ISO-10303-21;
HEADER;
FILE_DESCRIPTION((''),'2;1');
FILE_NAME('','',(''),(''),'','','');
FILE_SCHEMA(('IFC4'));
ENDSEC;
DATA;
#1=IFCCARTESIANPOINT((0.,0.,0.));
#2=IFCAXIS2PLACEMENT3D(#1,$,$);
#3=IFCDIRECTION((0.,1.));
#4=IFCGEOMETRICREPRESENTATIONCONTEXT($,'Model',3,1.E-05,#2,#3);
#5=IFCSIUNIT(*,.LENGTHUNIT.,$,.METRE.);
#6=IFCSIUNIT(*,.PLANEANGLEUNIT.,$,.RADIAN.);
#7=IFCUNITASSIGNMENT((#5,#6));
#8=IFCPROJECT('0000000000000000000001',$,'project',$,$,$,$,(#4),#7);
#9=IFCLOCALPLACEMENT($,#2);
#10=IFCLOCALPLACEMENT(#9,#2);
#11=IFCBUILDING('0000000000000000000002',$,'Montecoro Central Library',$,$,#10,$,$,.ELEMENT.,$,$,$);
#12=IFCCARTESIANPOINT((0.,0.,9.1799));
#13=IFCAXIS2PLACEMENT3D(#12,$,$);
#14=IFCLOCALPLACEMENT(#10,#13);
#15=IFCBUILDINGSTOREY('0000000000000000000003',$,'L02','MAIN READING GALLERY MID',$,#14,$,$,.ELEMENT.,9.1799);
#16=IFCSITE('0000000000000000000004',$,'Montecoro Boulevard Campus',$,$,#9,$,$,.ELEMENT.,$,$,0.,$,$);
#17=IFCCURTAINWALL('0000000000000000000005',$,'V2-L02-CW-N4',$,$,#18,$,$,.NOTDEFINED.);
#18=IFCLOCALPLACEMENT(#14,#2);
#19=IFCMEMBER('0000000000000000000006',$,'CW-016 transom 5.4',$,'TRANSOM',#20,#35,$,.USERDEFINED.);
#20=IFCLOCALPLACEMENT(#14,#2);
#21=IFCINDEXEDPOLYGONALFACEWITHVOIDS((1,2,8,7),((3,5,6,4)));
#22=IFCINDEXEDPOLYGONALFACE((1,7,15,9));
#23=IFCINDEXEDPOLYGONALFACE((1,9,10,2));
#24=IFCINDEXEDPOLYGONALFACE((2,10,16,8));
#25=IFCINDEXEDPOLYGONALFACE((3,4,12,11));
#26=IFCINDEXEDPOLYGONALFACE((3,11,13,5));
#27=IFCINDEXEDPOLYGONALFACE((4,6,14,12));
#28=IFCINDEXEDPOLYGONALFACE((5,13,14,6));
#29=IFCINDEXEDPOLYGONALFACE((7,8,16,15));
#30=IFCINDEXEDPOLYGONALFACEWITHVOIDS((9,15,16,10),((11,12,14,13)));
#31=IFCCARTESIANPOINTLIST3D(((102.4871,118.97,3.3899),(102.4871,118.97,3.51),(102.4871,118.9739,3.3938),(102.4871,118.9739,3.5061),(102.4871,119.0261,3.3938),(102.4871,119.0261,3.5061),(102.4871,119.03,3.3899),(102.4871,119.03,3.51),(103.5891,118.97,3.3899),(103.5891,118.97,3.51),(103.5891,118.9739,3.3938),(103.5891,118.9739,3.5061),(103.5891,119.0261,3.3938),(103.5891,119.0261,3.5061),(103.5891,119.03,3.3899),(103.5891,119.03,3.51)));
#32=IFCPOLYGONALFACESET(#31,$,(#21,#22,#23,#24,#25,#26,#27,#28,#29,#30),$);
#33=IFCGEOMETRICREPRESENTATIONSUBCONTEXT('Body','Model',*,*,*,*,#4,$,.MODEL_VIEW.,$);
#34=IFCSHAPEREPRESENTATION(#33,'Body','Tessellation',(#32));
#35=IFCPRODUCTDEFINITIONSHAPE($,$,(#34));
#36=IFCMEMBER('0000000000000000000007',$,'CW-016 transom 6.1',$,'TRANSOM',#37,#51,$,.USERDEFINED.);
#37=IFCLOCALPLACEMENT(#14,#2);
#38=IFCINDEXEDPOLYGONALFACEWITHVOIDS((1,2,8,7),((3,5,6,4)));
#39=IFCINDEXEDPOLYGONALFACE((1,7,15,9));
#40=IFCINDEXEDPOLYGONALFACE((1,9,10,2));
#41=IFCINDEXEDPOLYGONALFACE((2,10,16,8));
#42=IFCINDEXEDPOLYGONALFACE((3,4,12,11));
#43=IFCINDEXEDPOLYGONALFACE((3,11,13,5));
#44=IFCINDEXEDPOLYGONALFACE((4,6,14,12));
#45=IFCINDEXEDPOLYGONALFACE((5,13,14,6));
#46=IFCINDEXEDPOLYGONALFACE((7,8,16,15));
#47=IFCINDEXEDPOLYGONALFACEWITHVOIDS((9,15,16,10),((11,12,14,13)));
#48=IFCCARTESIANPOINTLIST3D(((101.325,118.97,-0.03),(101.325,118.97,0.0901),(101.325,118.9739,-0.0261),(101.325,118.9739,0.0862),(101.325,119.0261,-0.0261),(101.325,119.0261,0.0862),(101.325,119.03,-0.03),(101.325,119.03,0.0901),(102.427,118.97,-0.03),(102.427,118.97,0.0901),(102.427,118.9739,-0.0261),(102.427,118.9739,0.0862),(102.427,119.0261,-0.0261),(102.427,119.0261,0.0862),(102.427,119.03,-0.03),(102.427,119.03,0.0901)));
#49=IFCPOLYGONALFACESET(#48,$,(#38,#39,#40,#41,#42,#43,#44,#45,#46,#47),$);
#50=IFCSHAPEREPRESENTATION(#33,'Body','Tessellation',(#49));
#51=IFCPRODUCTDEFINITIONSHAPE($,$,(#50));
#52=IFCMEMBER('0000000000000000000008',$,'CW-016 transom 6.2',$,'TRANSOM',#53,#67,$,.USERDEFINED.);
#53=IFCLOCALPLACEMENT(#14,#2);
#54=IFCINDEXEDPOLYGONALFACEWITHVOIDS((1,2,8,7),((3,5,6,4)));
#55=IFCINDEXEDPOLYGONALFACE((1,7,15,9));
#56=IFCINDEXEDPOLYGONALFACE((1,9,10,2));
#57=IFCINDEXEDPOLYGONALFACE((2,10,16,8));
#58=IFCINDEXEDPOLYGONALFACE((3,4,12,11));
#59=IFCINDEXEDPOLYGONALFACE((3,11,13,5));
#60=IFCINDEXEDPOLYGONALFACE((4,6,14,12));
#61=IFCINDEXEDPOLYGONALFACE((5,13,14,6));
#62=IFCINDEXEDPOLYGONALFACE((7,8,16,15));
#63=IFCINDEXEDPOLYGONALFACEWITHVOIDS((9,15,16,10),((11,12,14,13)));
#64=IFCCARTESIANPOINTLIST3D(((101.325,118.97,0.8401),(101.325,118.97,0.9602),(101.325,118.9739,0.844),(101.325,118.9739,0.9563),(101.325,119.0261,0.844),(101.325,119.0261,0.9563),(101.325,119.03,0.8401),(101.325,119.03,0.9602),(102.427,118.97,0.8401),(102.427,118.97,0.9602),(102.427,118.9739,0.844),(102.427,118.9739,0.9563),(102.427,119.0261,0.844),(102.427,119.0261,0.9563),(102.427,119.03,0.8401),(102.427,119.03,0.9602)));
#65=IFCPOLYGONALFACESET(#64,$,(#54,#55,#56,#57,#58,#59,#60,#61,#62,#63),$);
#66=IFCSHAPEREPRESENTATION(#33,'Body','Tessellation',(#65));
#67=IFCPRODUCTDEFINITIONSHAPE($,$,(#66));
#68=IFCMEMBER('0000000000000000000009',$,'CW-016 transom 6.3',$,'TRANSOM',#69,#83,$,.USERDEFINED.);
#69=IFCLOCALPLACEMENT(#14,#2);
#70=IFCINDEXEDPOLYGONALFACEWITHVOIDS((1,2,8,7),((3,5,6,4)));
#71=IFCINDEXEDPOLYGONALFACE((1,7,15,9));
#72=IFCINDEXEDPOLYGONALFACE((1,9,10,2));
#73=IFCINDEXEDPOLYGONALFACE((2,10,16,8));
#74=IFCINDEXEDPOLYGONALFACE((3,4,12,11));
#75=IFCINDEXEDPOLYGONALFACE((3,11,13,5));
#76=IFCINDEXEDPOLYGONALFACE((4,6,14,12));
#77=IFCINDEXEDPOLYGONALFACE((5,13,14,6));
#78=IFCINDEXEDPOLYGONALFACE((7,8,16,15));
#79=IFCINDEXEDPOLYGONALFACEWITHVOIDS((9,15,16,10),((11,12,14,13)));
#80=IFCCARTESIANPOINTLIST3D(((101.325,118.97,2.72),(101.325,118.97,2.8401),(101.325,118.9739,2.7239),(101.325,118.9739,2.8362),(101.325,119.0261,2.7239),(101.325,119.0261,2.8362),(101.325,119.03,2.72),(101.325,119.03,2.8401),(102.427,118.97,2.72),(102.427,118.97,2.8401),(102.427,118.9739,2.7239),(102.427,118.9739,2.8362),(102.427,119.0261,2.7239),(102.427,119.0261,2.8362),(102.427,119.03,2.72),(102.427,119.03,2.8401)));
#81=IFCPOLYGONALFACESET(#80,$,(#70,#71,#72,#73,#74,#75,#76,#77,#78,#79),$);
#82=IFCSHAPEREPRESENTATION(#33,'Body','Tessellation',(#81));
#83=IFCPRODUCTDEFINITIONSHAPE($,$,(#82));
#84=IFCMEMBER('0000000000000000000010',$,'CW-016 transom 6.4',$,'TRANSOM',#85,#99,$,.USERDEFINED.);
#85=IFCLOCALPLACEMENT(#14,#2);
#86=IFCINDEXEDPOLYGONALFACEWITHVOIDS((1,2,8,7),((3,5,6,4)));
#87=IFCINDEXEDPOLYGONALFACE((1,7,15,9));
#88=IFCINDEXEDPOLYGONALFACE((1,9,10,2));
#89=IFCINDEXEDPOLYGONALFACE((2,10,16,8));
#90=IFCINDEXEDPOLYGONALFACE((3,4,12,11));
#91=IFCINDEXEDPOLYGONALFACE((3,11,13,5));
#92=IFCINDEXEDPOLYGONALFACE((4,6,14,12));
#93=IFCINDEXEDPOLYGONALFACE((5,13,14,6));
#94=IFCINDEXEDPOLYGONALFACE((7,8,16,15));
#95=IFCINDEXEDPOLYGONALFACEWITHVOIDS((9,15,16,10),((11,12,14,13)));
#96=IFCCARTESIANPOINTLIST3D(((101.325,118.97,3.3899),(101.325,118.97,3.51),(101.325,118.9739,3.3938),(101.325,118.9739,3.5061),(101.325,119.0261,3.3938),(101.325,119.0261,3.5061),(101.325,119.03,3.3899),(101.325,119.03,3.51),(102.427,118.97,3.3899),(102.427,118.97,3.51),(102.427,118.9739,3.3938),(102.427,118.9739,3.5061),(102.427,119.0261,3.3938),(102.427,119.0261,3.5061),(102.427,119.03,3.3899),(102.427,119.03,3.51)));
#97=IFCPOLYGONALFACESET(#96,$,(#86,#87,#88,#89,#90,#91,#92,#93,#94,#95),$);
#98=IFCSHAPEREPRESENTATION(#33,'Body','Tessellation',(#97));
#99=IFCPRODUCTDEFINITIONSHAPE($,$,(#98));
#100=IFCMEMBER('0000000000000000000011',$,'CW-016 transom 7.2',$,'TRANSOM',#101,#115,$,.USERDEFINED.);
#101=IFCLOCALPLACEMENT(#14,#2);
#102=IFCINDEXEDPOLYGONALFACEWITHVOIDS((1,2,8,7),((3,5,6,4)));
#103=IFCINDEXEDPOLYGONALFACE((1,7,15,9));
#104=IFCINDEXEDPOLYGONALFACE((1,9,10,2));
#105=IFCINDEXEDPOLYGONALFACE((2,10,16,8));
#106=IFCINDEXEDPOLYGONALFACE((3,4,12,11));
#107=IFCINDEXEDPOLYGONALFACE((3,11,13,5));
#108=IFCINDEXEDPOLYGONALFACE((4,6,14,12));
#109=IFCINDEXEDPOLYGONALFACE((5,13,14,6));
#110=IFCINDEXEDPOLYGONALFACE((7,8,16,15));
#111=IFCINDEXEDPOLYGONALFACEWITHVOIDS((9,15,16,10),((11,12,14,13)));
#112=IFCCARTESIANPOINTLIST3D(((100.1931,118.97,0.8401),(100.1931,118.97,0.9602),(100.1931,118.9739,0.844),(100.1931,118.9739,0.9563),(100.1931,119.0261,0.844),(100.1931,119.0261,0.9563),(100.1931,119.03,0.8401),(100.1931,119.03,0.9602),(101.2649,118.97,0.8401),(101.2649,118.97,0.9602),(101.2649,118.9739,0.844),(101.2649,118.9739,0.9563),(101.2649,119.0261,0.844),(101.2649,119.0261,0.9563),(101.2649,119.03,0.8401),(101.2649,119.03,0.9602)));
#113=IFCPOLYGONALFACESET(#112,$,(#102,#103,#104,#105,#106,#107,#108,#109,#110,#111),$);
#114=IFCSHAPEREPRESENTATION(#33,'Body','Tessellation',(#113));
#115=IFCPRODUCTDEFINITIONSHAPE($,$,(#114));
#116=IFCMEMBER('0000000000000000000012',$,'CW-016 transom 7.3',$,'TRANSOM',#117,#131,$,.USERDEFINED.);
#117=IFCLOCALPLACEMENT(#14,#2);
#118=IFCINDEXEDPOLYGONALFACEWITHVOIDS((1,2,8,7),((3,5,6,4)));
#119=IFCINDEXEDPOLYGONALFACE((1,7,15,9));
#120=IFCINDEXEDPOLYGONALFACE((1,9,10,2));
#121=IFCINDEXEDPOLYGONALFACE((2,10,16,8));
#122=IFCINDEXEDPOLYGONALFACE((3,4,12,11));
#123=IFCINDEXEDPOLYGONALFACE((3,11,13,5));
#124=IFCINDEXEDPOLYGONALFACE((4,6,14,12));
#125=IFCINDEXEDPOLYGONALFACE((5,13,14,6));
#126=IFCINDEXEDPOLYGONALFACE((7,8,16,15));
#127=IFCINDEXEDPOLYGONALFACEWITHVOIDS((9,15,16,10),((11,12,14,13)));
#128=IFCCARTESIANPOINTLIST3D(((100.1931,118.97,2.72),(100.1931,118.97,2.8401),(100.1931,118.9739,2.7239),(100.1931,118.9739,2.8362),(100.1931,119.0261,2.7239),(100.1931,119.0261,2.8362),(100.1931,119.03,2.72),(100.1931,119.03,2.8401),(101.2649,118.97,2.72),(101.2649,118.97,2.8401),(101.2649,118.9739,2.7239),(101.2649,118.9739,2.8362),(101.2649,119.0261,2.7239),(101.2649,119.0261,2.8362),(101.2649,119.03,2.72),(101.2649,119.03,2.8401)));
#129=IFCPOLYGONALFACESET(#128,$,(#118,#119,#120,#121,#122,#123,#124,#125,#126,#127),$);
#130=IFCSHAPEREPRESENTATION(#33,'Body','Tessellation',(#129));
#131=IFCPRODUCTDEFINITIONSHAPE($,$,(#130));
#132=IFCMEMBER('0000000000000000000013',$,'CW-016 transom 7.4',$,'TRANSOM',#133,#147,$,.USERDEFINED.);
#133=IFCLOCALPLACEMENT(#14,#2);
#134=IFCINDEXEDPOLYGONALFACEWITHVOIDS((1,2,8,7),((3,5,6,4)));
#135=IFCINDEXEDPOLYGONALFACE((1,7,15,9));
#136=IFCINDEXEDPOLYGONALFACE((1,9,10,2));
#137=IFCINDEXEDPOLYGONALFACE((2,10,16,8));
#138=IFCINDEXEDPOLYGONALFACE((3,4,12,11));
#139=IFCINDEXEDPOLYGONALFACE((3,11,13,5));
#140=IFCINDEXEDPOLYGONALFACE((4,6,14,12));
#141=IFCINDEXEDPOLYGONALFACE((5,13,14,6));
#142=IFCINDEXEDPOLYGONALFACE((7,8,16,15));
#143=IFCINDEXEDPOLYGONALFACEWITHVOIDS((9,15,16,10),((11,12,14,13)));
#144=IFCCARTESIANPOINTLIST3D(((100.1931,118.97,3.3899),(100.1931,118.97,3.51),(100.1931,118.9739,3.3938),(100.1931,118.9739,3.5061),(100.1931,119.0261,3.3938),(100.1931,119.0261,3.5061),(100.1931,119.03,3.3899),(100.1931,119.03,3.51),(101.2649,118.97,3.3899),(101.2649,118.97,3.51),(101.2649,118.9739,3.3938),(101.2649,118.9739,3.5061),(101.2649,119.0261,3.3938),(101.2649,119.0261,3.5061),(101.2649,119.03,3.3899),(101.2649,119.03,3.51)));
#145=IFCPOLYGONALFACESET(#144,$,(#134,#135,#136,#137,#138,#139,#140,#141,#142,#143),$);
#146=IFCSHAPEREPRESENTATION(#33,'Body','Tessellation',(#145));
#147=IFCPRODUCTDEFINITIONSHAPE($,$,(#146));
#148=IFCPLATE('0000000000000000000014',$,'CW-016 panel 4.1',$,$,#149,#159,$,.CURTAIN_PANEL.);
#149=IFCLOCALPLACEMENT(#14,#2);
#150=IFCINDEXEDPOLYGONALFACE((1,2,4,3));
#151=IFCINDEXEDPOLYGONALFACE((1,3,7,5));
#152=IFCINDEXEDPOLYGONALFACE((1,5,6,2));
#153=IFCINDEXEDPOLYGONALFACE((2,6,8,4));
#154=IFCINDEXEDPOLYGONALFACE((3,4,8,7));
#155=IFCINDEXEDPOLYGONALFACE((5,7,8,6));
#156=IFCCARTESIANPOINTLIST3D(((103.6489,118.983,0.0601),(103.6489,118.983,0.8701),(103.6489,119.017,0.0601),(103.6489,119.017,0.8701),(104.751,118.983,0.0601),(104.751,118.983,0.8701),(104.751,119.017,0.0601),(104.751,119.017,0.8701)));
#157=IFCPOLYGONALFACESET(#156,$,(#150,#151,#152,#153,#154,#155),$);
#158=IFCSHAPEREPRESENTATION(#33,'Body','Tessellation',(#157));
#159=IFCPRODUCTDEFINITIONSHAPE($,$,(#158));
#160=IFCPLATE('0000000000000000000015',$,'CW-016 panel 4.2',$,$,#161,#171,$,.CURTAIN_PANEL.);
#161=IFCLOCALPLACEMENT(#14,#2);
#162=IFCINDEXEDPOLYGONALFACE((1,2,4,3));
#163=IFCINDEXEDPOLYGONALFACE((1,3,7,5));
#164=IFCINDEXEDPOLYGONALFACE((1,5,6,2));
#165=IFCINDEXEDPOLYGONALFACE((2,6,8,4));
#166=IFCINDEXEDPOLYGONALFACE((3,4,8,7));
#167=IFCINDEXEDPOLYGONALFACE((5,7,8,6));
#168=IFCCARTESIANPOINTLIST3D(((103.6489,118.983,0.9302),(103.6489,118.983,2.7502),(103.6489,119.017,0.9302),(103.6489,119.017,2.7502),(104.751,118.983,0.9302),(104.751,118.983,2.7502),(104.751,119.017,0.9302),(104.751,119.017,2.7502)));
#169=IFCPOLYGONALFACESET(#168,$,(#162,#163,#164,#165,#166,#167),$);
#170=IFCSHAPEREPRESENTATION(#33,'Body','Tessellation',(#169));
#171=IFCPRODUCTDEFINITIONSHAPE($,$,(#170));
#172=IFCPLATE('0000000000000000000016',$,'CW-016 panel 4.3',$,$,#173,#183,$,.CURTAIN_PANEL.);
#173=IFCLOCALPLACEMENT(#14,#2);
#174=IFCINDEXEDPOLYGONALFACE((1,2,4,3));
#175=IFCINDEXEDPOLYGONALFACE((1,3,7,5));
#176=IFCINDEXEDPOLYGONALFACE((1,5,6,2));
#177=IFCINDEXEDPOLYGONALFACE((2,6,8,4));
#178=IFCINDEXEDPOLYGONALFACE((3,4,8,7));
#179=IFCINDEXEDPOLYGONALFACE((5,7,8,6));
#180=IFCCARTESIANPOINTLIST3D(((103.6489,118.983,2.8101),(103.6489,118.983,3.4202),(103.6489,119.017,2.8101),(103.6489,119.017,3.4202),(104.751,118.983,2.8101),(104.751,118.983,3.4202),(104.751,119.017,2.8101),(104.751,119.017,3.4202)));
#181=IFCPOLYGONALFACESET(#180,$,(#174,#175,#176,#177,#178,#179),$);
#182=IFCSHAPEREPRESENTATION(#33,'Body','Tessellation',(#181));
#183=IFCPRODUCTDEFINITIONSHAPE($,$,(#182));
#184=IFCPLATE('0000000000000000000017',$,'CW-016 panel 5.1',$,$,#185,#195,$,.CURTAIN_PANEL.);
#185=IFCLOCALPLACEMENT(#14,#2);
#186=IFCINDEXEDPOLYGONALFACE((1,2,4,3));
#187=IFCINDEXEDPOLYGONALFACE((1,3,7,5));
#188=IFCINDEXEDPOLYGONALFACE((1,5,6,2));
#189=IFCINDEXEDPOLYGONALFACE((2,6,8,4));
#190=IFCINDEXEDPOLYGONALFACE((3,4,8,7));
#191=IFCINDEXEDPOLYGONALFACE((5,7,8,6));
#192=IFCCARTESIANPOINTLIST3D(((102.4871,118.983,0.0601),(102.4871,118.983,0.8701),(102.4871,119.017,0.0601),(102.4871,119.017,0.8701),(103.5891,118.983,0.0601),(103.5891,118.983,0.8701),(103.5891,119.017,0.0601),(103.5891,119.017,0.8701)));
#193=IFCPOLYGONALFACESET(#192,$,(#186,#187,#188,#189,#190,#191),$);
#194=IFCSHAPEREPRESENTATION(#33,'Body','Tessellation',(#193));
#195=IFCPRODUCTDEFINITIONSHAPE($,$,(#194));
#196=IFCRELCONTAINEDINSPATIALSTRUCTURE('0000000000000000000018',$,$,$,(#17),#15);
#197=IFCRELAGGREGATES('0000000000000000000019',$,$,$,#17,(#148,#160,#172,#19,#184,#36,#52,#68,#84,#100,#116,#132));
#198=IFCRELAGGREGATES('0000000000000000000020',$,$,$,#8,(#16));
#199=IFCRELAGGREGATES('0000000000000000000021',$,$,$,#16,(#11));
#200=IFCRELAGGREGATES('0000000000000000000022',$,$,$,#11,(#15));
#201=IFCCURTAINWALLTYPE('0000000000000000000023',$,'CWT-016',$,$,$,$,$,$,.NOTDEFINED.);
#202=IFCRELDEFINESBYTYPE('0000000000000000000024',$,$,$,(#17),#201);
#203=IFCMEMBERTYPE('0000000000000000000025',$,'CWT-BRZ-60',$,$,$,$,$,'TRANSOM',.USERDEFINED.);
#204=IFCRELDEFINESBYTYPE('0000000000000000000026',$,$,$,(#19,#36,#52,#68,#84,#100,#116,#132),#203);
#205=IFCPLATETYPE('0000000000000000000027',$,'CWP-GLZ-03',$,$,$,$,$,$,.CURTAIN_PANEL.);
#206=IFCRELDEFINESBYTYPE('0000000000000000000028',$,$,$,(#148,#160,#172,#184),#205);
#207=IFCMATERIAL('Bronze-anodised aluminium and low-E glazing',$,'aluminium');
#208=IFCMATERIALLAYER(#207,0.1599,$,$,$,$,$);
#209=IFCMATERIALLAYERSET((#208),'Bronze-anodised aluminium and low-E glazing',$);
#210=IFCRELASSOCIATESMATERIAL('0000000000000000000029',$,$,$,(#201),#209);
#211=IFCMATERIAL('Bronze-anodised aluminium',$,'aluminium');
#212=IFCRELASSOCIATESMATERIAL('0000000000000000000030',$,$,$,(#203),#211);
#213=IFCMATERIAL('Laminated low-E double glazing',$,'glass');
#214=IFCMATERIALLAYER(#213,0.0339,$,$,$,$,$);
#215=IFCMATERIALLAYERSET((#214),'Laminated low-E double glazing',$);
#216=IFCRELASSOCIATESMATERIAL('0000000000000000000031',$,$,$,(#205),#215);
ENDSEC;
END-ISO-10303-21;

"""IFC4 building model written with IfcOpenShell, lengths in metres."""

from ifc_helpers import new_model, si_unit, direction, frame, origin, origin_2d, place, context, subcontext, project, spatial, rectangle, hollow_rectangle, extrude, material, layer, layer_set, material_profile, profile_set, type_object, element, aggregate, save


model = new_model("IFC4")

# Units and contexts
model_context = context("Model", 3, precision=1e-05, world=origin(), true_north=direction((0.0, 1.0)))
body_context = subcontext(model_context, "Body", "Model", "MODEL_VIEW")
ifc_project = project(units=[si_unit("LENGTHUNIT", "METRE"), si_unit("PLANEANGLEUNIT", "RADIAN")], contexts=[model_context])

# Site, building, storey
site_placement = place(None, origin())
site = spatial("IfcSite", under=ifc_project, at=site_placement, Name="Montecoro Boulevard Campus", CompositionType="ELEMENT", RefElevation=0.0)
building_placement = place(site_placement, origin())
building = spatial("IfcBuilding", under=site, at=building_placement, Name="Montecoro Central Library", CompositionType="ELEMENT")
storey_placement = place(building_placement, frame((0.0, 0.0, 9.1799)))
storey = spatial("IfcBuildingStorey", under=building, at=storey_placement, Name="L02", Description="MAIN READING GALLERY MID", CompositionType="ELEMENT", Elevation=9.1799)

# Curtain wall, members, plates
ifc_material_1 = material(Name="Bronze-anodised aluminium and low-E glazing", Category="aluminium")
ifc_layer_1 = layer(ifc_material_1, 0.1599)
ifc_layer_set_1 = layer_set([ifc_layer_1], Name="Bronze-anodised aluminium and low-E glazing")
curtain_wall_type = type_object("IfcCurtainWallType", Name="CWT-016", PredefinedType="NOTDEFINED", material=ifc_layer_set_1)
curtain_wall_placement = place(storey_placement, origin())
curtain_wall = element("IfcCurtainWall", 1, at=curtain_wall_placement, inside=storey, type_object=curtain_wall_type, Name="V2-L02-CW-N4", PredefinedType="NOTDEFINED")
ifc_material_2 = material(Name="Bronze-anodised aluminium", Category="aluminium")
ifc_material_profile_1 = material_profile(ifc_material_2, hollow_rectangle(XDim=0.0601, YDim=0.1201, WallThickness=0.0039, at=origin_2d()), Name="CWT 120x60x4.0")
ifc_profile_set_1 = profile_set([ifc_material_profile_1], Name="Bronze-anodised aluminium")
member_type_1 = type_object("IfcMemberType", Name="CWT-BRZ-60", ElementType="TRANSOM", PredefinedType="USERDEFINED", material=ifc_profile_set_1)
member_1_placement = place(storey_placement, frame((103.5891, 119.0, 3.45), z_axis=(-1.0, 0.0, 0.0), x_axis=(0.0, -1.0, 0.0)))
member_1 = element("IfcMember", 2, at=member_1_placement, type_object=member_type_1, Name="CW-016 transom 5.4", ObjectType="TRANSOM", PredefinedType="USERDEFINED", context=body_context, shape_type="SweptSolid", body=[
    extrude(hollow_rectangle(XDim=0.0601, YDim=0.1201, WallThickness=0.0039, at=origin_2d()), origin(), (0.0, 0.0, 1.0), 1.1021),
])
member_2_placement = place(storey_placement, frame((102.427, 119.0, 0.03), z_axis=(-1.0, 0.0, 0.0), x_axis=(0.0, -1.0, 0.0)))
member_2 = element("IfcMember", 3, at=member_2_placement, type_object=member_type_1, Name="CW-016 transom 6.1", ObjectType="TRANSOM", PredefinedType="USERDEFINED", context=body_context, shape_type="SweptSolid", body=[
    extrude(hollow_rectangle(XDim=0.0601, YDim=0.1201, WallThickness=0.0039, at=origin_2d()), origin(), (0.0, 0.0, 1.0), 1.1021),
])
member_3_placement = place(storey_placement, frame((102.427, 119.0, 0.9001), z_axis=(-1.0, 0.0, 0.0), x_axis=(0.0, -1.0, 0.0)))
member_3 = element("IfcMember", 4, at=member_3_placement, type_object=member_type_1, Name="CW-016 transom 6.2", ObjectType="TRANSOM", PredefinedType="USERDEFINED", context=body_context, shape_type="SweptSolid", body=[
    extrude(hollow_rectangle(XDim=0.0601, YDim=0.1201, WallThickness=0.0039, at=origin_2d()), origin(), (0.0, 0.0, 1.0), 1.1021),
])
member_4_placement = place(storey_placement, frame((102.427, 119.0, 2.78), z_axis=(-1.0, 0.0, 0.0), x_axis=(0.0, -1.0, 0.0)))
member_4 = element("IfcMember", 5, at=member_4_placement, type_object=member_type_1, Name="CW-016 transom 6.3", ObjectType="TRANSOM", PredefinedType="USERDEFINED", context=body_context, shape_type="SweptSolid", body=[
    extrude(hollow_rectangle(XDim=0.0601, YDim=0.1201, WallThickness=0.0039, at=origin_2d()), origin(), (0.0, 0.0, 1.0), 1.1021),
])
member_5_placement = place(storey_placement, frame((102.427, 119.0, 3.45), z_axis=(-1.0, 0.0, 0.0), x_axis=(0.0, -1.0, 0.0)))
member_5 = element("IfcMember", 6, at=member_5_placement, type_object=member_type_1, Name="CW-016 transom 6.4", ObjectType="TRANSOM", PredefinedType="USERDEFINED", context=body_context, shape_type="SweptSolid", body=[
    extrude(hollow_rectangle(XDim=0.0601, YDim=0.1201, WallThickness=0.0039, at=origin_2d()), origin(), (0.0, 0.0, 1.0), 1.1021),
])
member_6_placement = place(storey_placement, frame((101.2649, 119.0, 0.9001), z_axis=(-1.0, 0.0, 0.0), x_axis=(0.0, -1.0, 0.0)))
member_6 = element("IfcMember", 7, at=member_6_placement, type_object=member_type_1, Name="CW-016 transom 7.2", ObjectType="TRANSOM", PredefinedType="USERDEFINED", context=body_context, shape_type="SweptSolid", body=[
    extrude(hollow_rectangle(XDim=0.0601, YDim=0.1201, WallThickness=0.0039, at=origin_2d()), origin(), (0.0, 0.0, 1.0), 1.0718),
])
member_7_placement = place(storey_placement, frame((101.2649, 119.0, 2.78), z_axis=(-1.0, 0.0, 0.0), x_axis=(0.0, -1.0, 0.0)))
member_7 = element("IfcMember", 8, at=member_7_placement, type_object=member_type_1, Name="CW-016 transom 7.3", ObjectType="TRANSOM", PredefinedType="USERDEFINED", context=body_context, shape_type="SweptSolid", body=[
    extrude(hollow_rectangle(XDim=0.0601, YDim=0.1201, WallThickness=0.0039, at=origin_2d()), origin(), (0.0, 0.0, 1.0), 1.0718),
])
member_8_placement = place(storey_placement, frame((101.2649, 119.0, 3.45), z_axis=(-1.0, 0.0, 0.0), x_axis=(0.0, -1.0, 0.0)))
member_8 = element("IfcMember", 9, at=member_8_placement, type_object=member_type_1, Name="CW-016 transom 7.4", ObjectType="TRANSOM", PredefinedType="USERDEFINED", context=body_context, shape_type="SweptSolid", body=[
    extrude(hollow_rectangle(XDim=0.0601, YDim=0.1201, WallThickness=0.0039, at=origin_2d()), origin(), (0.0, 0.0, 1.0), 1.0718),
])
ifc_material_3 = material(Name="Laminated low-E double glazing", Category="glass")
ifc_layer_2 = layer(ifc_material_3, 0.0339)
ifc_layer_set_2 = layer_set([ifc_layer_2], Name="Laminated low-E double glazing")
plate_type = type_object("IfcPlateType", Name="CWP-GLZ-03", PredefinedType="CURTAIN_PANEL", material=ifc_layer_set_2)
plate_1_placement = place(storey_placement, frame((104.2, 119.0, 0.0601), z_axis=(0.0, 0.0, 1.0), x_axis=(-1.0, 0.0, 0.0)))
plate_1 = element("IfcPlate", 10, at=plate_1_placement, type_object=plate_type, Name="CW-016 panel 4.1", PredefinedType="CURTAIN_PANEL", context=body_context, shape_type="SweptSolid", body=[
    extrude(rectangle(XDim=1.1021, YDim=0.0339, at=origin_2d()), origin(), (0.0, 0.0, 1.0), 0.8101),
])
plate_2_placement = place(storey_placement, frame((104.2, 119.0, 0.9302), z_axis=(0.0, 0.0, 1.0), x_axis=(-1.0, 0.0, 0.0)))
plate_2 = element("IfcPlate", 11, at=plate_2_placement, type_object=plate_type, Name="CW-016 panel 4.2", PredefinedType="CURTAIN_PANEL", context=body_context, shape_type="SweptSolid", body=[
    extrude(rectangle(XDim=1.1021, YDim=0.0339, at=origin_2d()), origin(), (0.0, 0.0, 1.0), 1.8201),
])
plate_3_placement = place(storey_placement, frame((104.2, 119.0, 2.8101), z_axis=(0.0, 0.0, 1.0), x_axis=(-1.0, 0.0, 0.0)))
plate_3 = element("IfcPlate", 12, at=plate_3_placement, type_object=plate_type, Name="CW-016 panel 4.3", PredefinedType="CURTAIN_PANEL", context=body_context, shape_type="SweptSolid", body=[
    extrude(rectangle(XDim=1.1021, YDim=0.0339, at=origin_2d()), origin(), (0.0, 0.0, 1.0), 0.6101),
])
plate_4_placement = place(storey_placement, frame((103.0381, 119.0, 0.0601), z_axis=(0.0, 0.0, 1.0), x_axis=(-1.0, 0.0, 0.0)))
plate_4 = element("IfcPlate", 13, at=plate_4_placement, type_object=plate_type, Name="CW-016 panel 5.1", PredefinedType="CURTAIN_PANEL", context=body_context, shape_type="SweptSolid", body=[
    extrude(rectangle(XDim=1.1021, YDim=0.0339, at=origin_2d()), origin(), (0.0, 0.0, 1.0), 0.8101),
])
aggregate(curtain_wall, [plate_1, plate_2, plate_3, member_1, plate_4, member_2, member_3, member_4, member_5, member_6, member_7, member_8])

save(model, "model.ifc")
